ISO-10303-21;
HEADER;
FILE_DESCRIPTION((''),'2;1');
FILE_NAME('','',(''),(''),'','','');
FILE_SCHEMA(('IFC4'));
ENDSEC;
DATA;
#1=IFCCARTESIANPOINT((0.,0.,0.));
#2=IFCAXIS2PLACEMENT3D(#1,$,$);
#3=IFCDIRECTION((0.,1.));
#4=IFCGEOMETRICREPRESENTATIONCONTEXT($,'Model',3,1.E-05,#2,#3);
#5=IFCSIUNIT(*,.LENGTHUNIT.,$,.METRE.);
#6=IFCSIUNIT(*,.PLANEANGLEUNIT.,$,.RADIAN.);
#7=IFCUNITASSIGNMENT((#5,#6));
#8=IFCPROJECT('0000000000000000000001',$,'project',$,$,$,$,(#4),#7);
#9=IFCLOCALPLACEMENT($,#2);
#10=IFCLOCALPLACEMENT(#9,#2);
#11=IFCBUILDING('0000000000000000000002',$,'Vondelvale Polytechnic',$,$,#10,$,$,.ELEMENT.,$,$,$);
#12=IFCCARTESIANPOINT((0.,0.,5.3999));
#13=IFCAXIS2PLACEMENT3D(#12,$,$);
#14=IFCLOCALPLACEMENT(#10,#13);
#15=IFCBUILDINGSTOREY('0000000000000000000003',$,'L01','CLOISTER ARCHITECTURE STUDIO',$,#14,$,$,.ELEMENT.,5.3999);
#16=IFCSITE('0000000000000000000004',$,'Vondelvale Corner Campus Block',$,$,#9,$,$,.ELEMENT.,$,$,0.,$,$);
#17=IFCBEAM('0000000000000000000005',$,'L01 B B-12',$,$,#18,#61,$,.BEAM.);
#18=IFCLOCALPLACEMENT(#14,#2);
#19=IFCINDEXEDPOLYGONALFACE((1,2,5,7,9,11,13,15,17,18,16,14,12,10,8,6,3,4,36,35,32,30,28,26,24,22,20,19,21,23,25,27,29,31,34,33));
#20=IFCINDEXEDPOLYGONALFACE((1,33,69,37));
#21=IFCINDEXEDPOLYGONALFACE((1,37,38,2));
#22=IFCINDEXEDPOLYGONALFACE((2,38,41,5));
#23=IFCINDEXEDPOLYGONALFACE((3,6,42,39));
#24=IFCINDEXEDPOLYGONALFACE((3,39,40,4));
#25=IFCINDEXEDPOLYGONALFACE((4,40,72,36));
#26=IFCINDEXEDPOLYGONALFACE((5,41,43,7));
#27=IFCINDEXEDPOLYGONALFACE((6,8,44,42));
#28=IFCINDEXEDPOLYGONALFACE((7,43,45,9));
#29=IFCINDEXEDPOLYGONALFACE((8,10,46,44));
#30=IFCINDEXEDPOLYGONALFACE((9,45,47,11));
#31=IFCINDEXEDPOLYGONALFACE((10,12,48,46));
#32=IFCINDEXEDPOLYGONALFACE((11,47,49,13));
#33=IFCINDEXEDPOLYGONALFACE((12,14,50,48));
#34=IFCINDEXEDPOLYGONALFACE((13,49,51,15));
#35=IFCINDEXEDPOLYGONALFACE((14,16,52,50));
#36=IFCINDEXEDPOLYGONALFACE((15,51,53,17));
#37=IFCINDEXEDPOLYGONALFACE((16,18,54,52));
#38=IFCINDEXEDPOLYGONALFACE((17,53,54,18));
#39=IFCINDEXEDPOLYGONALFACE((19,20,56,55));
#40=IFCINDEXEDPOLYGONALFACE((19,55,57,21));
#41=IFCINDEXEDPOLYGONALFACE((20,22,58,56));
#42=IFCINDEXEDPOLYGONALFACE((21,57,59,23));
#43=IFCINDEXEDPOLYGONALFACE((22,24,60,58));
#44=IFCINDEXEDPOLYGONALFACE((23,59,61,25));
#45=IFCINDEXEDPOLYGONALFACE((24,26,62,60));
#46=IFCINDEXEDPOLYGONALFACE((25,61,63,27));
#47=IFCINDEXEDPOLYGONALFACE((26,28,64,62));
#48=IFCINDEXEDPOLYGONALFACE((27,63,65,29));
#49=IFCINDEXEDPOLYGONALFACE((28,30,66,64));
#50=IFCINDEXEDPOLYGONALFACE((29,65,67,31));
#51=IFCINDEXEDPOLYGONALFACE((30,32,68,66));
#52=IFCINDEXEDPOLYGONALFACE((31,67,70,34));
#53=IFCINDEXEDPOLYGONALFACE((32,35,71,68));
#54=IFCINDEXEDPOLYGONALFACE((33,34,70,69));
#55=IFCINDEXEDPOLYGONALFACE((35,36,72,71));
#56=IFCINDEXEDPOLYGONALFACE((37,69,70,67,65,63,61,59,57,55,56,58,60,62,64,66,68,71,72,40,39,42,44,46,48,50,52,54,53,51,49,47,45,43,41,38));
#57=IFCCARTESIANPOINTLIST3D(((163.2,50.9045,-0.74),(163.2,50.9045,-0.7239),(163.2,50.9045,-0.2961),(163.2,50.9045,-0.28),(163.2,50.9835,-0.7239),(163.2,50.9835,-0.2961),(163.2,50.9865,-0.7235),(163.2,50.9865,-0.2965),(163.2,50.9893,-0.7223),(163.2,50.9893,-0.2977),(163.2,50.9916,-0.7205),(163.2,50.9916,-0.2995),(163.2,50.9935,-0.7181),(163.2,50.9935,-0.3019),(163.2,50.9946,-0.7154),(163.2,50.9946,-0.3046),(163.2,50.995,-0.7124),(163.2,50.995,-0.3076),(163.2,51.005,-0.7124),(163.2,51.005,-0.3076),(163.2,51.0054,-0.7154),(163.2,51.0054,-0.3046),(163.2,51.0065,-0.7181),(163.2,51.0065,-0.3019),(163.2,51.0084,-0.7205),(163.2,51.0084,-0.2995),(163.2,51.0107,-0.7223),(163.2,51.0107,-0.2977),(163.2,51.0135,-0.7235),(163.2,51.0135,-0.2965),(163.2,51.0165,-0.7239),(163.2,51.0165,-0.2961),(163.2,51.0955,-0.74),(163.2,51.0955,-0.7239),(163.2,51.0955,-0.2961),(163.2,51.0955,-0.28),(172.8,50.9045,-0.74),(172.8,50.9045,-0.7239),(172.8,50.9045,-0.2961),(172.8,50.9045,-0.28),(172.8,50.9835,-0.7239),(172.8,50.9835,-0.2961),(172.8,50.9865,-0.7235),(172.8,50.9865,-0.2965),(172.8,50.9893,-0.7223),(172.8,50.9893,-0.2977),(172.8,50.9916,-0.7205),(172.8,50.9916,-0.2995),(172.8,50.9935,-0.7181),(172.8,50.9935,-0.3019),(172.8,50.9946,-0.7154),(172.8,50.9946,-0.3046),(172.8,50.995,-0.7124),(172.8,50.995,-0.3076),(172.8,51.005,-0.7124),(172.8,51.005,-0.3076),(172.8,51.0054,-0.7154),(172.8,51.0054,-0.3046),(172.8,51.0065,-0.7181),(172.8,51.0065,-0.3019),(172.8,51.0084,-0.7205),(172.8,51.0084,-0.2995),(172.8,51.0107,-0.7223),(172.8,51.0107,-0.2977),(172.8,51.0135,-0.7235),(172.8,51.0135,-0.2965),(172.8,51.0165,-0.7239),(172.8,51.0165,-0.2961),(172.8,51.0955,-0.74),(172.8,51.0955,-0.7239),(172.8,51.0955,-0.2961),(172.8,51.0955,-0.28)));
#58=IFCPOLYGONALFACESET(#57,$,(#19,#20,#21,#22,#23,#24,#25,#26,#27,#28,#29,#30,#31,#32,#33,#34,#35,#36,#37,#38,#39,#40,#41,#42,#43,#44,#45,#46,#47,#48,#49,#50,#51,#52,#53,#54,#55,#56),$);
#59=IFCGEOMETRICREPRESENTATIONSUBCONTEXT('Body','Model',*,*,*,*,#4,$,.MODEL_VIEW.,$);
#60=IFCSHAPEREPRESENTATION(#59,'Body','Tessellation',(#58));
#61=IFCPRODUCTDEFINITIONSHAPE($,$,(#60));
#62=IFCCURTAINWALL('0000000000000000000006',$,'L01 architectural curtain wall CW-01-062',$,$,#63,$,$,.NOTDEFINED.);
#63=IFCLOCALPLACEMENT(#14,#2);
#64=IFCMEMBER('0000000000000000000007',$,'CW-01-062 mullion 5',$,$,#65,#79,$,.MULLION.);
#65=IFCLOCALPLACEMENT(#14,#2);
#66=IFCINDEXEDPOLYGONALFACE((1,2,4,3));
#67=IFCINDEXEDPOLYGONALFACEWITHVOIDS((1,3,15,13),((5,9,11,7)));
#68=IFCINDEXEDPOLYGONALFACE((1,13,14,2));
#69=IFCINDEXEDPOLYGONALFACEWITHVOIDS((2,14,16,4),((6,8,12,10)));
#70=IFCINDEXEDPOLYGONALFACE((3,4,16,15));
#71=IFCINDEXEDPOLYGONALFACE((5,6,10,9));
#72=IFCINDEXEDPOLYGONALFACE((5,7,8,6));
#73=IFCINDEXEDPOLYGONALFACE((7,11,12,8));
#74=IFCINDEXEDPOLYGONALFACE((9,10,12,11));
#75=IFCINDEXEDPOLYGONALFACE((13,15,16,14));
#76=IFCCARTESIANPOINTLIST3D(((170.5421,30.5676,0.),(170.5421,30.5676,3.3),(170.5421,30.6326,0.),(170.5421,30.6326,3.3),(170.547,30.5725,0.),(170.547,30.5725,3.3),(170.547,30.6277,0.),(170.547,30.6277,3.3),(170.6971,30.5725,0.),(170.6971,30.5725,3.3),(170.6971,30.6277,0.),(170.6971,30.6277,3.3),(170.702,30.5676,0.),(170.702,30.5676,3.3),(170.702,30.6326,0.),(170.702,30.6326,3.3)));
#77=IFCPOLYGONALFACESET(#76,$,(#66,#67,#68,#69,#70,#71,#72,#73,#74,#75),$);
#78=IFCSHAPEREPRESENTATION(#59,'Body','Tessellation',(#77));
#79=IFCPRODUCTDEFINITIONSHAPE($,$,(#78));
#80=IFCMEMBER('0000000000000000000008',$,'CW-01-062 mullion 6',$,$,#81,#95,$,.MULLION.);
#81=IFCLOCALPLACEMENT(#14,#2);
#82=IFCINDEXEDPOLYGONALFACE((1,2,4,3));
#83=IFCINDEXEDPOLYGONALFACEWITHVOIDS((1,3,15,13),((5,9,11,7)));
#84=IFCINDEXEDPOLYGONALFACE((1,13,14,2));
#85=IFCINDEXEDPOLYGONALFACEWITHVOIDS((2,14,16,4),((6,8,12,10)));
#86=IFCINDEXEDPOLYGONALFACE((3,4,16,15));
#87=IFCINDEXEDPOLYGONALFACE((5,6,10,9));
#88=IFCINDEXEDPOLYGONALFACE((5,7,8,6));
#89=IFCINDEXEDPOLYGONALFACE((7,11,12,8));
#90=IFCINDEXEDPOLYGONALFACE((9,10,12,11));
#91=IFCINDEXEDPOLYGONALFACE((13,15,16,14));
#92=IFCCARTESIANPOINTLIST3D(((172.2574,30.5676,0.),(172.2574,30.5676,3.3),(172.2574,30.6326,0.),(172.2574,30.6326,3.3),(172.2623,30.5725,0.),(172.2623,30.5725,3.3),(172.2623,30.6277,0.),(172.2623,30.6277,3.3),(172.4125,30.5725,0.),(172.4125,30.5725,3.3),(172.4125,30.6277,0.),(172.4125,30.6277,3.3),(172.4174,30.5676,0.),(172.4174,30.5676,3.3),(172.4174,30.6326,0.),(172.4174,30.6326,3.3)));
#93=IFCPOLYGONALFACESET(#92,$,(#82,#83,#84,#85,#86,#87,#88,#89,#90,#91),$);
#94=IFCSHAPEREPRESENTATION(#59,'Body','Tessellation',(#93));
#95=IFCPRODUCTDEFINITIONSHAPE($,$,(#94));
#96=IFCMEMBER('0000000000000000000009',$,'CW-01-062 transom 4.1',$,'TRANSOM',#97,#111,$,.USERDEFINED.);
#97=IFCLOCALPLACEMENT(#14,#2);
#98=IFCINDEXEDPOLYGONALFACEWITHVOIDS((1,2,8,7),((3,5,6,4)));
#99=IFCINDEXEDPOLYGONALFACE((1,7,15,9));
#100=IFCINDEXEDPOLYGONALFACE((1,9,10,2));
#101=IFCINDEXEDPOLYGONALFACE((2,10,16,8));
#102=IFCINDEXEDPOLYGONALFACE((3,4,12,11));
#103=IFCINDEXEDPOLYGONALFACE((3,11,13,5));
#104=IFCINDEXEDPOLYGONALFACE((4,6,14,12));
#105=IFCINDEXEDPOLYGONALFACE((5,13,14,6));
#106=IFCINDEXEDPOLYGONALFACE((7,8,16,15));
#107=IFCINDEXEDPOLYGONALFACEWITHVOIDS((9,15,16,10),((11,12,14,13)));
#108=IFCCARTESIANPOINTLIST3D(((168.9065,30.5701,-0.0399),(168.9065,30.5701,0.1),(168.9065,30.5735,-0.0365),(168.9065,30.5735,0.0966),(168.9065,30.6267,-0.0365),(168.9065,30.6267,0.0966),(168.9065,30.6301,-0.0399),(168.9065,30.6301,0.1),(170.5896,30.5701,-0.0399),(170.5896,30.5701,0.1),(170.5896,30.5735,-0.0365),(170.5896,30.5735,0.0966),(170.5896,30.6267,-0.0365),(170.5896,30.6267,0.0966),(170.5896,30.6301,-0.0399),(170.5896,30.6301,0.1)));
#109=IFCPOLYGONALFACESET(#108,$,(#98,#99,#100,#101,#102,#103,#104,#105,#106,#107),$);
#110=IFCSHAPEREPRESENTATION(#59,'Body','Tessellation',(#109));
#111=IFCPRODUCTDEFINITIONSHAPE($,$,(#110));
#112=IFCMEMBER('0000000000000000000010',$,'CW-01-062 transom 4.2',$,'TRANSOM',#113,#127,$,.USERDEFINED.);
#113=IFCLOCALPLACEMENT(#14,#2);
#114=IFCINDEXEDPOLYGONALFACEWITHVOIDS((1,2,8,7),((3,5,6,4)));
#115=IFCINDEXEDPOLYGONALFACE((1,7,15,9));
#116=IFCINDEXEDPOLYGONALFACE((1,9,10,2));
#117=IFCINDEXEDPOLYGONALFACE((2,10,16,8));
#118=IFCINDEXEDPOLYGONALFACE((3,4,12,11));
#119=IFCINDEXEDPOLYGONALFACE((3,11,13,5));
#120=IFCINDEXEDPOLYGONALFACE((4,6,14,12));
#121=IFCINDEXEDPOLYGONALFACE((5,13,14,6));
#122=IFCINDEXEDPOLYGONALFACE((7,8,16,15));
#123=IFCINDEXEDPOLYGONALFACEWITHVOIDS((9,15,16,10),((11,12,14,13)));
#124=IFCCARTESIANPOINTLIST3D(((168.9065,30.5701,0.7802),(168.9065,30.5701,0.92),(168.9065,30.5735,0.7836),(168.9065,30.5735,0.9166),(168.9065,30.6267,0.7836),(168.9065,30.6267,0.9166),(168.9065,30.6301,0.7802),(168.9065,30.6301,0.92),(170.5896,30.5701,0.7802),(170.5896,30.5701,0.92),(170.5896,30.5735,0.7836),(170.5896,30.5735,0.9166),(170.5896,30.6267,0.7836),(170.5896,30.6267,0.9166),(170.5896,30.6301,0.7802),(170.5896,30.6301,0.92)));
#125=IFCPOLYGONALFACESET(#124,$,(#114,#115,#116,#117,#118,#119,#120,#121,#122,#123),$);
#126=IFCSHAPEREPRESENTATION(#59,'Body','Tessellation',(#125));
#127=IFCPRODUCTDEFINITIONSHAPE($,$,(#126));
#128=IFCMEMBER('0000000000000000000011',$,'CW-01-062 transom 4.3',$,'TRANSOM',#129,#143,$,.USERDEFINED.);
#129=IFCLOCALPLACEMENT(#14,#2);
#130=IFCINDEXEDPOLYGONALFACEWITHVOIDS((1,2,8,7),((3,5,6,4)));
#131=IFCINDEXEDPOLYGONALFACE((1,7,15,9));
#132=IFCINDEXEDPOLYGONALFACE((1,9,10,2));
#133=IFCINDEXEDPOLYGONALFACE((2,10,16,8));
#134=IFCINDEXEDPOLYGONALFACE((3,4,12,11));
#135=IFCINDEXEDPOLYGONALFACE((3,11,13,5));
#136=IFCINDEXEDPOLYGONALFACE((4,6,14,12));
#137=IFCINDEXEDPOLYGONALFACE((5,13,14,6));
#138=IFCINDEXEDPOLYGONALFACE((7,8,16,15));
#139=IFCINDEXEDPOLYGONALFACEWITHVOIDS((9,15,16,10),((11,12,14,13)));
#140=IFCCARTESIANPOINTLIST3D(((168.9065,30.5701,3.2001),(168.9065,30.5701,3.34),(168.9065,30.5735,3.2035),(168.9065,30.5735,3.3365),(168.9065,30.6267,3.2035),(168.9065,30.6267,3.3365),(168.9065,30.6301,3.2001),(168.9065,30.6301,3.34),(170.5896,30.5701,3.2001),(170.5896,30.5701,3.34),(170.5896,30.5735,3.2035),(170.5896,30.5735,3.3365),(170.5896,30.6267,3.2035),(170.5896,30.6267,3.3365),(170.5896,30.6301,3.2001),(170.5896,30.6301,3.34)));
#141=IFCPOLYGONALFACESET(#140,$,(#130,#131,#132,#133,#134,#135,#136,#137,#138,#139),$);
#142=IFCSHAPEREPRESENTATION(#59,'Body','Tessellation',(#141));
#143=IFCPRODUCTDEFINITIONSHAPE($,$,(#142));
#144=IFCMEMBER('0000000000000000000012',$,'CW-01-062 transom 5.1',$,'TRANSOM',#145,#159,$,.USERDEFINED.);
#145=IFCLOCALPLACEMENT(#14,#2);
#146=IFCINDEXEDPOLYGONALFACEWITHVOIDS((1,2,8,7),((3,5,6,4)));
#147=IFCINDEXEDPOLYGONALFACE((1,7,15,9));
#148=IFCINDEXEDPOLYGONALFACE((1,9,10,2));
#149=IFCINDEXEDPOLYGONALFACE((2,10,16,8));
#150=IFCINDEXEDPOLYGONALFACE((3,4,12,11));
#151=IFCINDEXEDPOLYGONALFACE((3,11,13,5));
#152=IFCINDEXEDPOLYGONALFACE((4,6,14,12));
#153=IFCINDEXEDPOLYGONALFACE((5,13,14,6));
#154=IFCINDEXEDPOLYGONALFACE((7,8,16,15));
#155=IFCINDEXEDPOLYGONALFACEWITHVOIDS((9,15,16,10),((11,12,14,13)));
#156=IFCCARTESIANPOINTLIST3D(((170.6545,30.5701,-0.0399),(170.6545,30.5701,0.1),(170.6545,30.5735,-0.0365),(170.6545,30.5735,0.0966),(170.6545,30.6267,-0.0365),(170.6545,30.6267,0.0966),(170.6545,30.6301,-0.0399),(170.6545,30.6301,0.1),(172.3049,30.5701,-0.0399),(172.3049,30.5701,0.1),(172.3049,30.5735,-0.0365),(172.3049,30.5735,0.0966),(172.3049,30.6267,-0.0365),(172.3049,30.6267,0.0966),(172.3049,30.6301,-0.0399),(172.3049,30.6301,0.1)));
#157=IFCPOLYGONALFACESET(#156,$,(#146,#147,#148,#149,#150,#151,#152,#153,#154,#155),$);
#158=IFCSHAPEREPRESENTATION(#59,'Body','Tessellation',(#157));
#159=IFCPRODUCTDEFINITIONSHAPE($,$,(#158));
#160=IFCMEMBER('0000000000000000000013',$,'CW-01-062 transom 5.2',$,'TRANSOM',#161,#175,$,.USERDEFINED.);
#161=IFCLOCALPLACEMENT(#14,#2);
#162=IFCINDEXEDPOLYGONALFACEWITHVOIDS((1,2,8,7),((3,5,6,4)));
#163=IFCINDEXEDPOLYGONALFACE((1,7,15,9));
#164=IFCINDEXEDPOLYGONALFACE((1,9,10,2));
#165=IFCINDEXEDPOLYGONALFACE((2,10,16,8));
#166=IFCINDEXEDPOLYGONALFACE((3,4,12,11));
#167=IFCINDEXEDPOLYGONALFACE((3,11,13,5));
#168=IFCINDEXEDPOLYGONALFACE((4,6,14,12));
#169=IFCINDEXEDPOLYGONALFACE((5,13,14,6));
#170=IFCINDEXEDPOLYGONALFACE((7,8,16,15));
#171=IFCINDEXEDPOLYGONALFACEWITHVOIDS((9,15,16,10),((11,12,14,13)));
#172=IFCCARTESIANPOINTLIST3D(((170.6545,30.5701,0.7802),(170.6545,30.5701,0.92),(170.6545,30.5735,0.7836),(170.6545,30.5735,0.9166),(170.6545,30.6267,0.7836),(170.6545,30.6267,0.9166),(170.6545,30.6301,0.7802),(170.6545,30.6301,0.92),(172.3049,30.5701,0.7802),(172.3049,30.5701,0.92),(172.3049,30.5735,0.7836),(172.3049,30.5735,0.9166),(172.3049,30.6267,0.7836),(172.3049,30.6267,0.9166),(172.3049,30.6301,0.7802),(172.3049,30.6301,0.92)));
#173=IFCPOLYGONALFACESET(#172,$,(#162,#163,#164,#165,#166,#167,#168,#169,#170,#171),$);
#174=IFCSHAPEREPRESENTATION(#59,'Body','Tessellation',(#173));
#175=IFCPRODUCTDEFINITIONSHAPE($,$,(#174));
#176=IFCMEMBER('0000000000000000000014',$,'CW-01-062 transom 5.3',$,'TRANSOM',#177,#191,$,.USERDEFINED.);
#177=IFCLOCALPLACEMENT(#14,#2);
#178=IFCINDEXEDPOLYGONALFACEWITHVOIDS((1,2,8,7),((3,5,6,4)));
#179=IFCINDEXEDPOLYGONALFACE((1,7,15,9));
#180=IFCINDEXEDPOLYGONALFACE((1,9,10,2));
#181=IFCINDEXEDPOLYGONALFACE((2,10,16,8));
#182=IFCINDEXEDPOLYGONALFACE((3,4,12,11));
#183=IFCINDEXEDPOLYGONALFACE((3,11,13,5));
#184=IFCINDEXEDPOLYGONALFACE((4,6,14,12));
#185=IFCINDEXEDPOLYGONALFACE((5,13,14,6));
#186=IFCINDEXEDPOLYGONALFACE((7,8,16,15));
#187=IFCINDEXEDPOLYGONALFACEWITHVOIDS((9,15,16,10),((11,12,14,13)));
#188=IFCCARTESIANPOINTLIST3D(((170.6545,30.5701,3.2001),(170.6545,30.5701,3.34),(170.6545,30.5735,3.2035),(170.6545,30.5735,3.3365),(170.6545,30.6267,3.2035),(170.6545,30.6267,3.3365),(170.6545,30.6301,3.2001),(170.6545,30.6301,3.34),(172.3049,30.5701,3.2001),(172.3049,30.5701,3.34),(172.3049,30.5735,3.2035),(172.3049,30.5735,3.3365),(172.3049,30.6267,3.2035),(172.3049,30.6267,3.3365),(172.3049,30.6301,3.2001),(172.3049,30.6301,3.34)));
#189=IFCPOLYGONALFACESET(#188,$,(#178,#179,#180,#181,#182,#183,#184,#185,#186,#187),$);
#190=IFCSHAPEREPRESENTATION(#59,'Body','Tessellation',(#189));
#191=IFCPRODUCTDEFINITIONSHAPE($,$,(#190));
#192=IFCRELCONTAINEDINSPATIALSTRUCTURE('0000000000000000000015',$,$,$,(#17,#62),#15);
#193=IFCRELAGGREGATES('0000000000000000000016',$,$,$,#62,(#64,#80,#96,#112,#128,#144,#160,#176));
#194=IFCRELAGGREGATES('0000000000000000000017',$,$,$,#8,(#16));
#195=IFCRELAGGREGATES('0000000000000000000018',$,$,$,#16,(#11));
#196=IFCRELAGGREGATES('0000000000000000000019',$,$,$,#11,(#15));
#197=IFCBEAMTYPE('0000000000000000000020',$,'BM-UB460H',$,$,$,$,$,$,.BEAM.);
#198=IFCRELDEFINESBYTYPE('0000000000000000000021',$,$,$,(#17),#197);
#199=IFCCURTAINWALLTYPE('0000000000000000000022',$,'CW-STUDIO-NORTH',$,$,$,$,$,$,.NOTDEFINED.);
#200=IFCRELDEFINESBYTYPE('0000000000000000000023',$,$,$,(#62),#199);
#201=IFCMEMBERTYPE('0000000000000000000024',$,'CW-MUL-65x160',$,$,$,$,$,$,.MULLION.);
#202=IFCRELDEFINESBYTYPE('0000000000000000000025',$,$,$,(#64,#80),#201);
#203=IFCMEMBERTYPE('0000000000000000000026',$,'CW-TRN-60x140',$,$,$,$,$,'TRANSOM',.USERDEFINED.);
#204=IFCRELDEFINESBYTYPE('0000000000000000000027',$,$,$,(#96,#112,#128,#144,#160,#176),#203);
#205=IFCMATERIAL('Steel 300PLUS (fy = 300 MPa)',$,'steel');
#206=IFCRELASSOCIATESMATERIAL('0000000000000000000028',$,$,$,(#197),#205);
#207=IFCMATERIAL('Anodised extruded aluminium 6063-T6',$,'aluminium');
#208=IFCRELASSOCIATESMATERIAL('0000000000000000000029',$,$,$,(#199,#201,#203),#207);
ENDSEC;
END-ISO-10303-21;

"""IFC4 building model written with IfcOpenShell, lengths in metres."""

from ifc_helpers import new_model, si_unit, direction, frame, origin, origin_2d, place, context, subcontext, project, spatial, hollow_rectangle, i_section, extrude, material, material_profile, profile_set, type_object, element, aggregate, save


model = new_model("IFC4")

# Units and contexts
model_context = context("Model", 3, precision=1e-05, world=origin(), true_north=direction((0.0, 1.0)))
body_context = subcontext(model_context, "Body", "Model", "MODEL_VIEW")
ifc_project = project(units=[si_unit("LENGTHUNIT", "METRE"), si_unit("PLANEANGLEUNIT", "RADIAN")], contexts=[model_context])

# Site, building, storey
site_placement = place(None, origin())
site = spatial("IfcSite", under=ifc_project, at=site_placement, Name="Vondelvale Corner Campus Block", CompositionType="ELEMENT", RefElevation=0.0)
building_placement = place(site_placement, origin())
building = spatial("IfcBuilding", under=site, at=building_placement, Name="Vondelvale Polytechnic", CompositionType="ELEMENT")
storey_placement = place(building_placement, frame((0.0, 0.0, 5.3999)))
storey = spatial("IfcBuildingStorey", under=building, at=storey_placement, Name="L01", Description="CLOISTER ARCHITECTURE STUDIO", CompositionType="ELEMENT", Elevation=5.3999)

# Shared definitions
ifc_material_1 = material(Name="Steel 300PLUS (fy = 300 MPa)", Category="steel")

# Beam
ifc_material_profile_1 = material_profile(ifc_material_1, i_section(OverallWidth=0.1909, OverallDepth=0.46, WebThickness=0.01, FlangeThickness=0.0161, FilletRadius=0.0115, at=origin_2d()), Name="460UB82.1")
ifc_profile_set_1 = profile_set([ifc_material_profile_1], Name="Steel 300PLUS (fy = 300 MPa)")
beam_type_1 = type_object("IfcBeamType", Name="BM-UB460H", PredefinedType="BEAM", material=ifc_profile_set_1)
beam_1_placement = place(storey_placement, frame((163.2, 51.0, -0.51), z_axis=(1.0, 0.0, 0.0), x_axis=(0.0, 1.0, 0.0)))
element("IfcBeam", 1, at=beam_1_placement, inside=storey, type_object=beam_type_1, Name="L01 B B-12", PredefinedType="BEAM", context=body_context, shape_type="SweptSolid", body=[
    extrude(i_section(OverallWidth=0.1909, OverallDepth=0.46, WebThickness=0.01, FlangeThickness=0.0161, FilletRadius=0.0115, at=origin_2d()), origin(), (0.0, 0.0, 1.0), 9.6001),
])

# Curtain wall, members
ifc_material_2 = material(Name="Anodised extruded aluminium 6063-T6", Category="aluminium")
curtain_wall_type = type_object("IfcCurtainWallType", Name="CW-STUDIO-NORTH", PredefinedType="NOTDEFINED", material=ifc_material_2)
curtain_wall_placement = place(storey_placement, origin())
curtain_wall = element("IfcCurtainWall", 2, at=curtain_wall_placement, inside=storey, type_object=curtain_wall_type, Name="L01 architectural curtain wall CW-01-062", PredefinedType="NOTDEFINED")
ifc_material_profile_2 = material_profile(ifc_material_2, hollow_rectangle(XDim=0.0649, YDim=0.1599, WallThickness=0.0049, at=origin_2d()), Name="CW-MUL-160x65")
ifc_profile_set_2 = profile_set([ifc_material_profile_2], Name="Anodised extruded aluminium 6063-T6")
member_type_1 = type_object("IfcMemberType", Name="CW-MUL-65x160", PredefinedType="MULLION", material=ifc_profile_set_2)
member_1_placement = place(storey_placement, frame((170.6221, 30.6001, 0.0), z_axis=(0.0, 0.0, 1.0), x_axis=(0.0, 1.0, 0.0)))
member_1 = element("IfcMember", 3, at=member_1_placement, type_object=member_type_1, Name="CW-01-062 mullion 5", PredefinedType="MULLION", context=body_context, shape_type="SweptSolid", body=[
    extrude(hollow_rectangle(XDim=0.0649, YDim=0.1599, WallThickness=0.0049, at=origin_2d()), origin(), (0.0, 0.0, 1.0), 3.3),
])
member_2_placement = place(storey_placement, frame((172.3374, 30.6001, 0.0), z_axis=(0.0, 0.0, 1.0), x_axis=(0.0, 1.0, 0.0)))
member_2 = element("IfcMember", 4, at=member_2_placement, type_object=member_type_1, Name="CW-01-062 mullion 6", PredefinedType="MULLION", context=body_context, shape_type="SweptSolid", body=[
    extrude(hollow_rectangle(XDim=0.0649, YDim=0.1599, WallThickness=0.0049, at=origin_2d()), origin(), (0.0, 0.0, 1.0), 3.3),
])
ifc_material_profile_3 = material_profile(ifc_material_2, hollow_rectangle(XDim=0.0601, YDim=0.1399, WallThickness=0.0034, at=origin_2d()), Name="CW-TRN-140x60")
ifc_profile_set_3 = profile_set([ifc_material_profile_3], Name="Anodised extruded aluminium 6063-T6")
member_type_2 = type_object("IfcMemberType", Name="CW-TRN-60x140", ElementType="TRANSOM", PredefinedType="USERDEFINED", material=ifc_profile_set_3)
member_3_placement = place(storey_placement, frame((168.9065, 30.6001, 0.03), z_axis=(1.0, 0.0, 0.0), x_axis=(0.0, 1.0, 0.0)))
member_3 = element("IfcMember", 5, at=member_3_placement, type_object=member_type_2, Name="CW-01-062 transom 4.1", ObjectType="TRANSOM", PredefinedType="USERDEFINED", context=body_context, shape_type="SweptSolid", body=[
    extrude(hollow_rectangle(XDim=0.0601, YDim=0.1399, WallThickness=0.0034, at=origin_2d()), origin(), (0.0, 0.0, 1.0), 1.6831),
])
member_4_placement = place(storey_placement, frame((168.9065, 30.6001, 0.8501), z_axis=(1.0, 0.0, 0.0), x_axis=(0.0, 1.0, 0.0)))
member_4 = element("IfcMember", 6, at=member_4_placement, type_object=member_type_2, Name="CW-01-062 transom 4.2", ObjectType="TRANSOM", PredefinedType="USERDEFINED", context=body_context, shape_type="SweptSolid", body=[
    extrude(hollow_rectangle(XDim=0.0601, YDim=0.1399, WallThickness=0.0034, at=origin_2d()), origin(), (0.0, 0.0, 1.0), 1.6831),
])
member_5_placement = place(storey_placement, frame((168.9065, 30.6001, 3.27), z_axis=(1.0, 0.0, 0.0), x_axis=(0.0, 1.0, 0.0)))
member_5 = element("IfcMember", 7, at=member_5_placement, type_object=member_type_2, Name="CW-01-062 transom 4.3", ObjectType="TRANSOM", PredefinedType="USERDEFINED", context=body_context, shape_type="SweptSolid", body=[
    extrude(hollow_rectangle(XDim=0.0601, YDim=0.1399, WallThickness=0.0034, at=origin_2d()), origin(), (0.0, 0.0, 1.0), 1.6831),
])
member_6_placement = place(storey_placement, frame((170.6545, 30.6001, 0.03), z_axis=(1.0, 0.0, 0.0), x_axis=(0.0, 1.0, 0.0)))
member_6 = element("IfcMember", 8, at=member_6_placement, type_object=member_type_2, Name="CW-01-062 transom 5.1", ObjectType="TRANSOM", PredefinedType="USERDEFINED", context=body_context, shape_type="SweptSolid", body=[
    extrude(hollow_rectangle(XDim=0.0601, YDim=0.1399, WallThickness=0.0034, at=origin_2d()), origin(), (0.0, 0.0, 1.0), 1.6504),
])
member_7_placement = place(storey_placement, frame((170.6545, 30.6001, 0.8501), z_axis=(1.0, 0.0, 0.0), x_axis=(0.0, 1.0, 0.0)))
member_7 = element("IfcMember", 9, at=member_7_placement, type_object=member_type_2, Name="CW-01-062 transom 5.2", ObjectType="TRANSOM", PredefinedType="USERDEFINED", context=body_context, shape_type="SweptSolid", body=[
    extrude(hollow_rectangle(XDim=0.0601, YDim=0.1399, WallThickness=0.0034, at=origin_2d()), origin(), (0.0, 0.0, 1.0), 1.6504),
])
member_8_placement = place(storey_placement, frame((170.6545, 30.6001, 3.27), z_axis=(1.0, 0.0, 0.0), x_axis=(0.0, 1.0, 0.0)))
member_8 = element("IfcMember", 10, at=member_8_placement, type_object=member_type_2, Name="CW-01-062 transom 5.3", ObjectType="TRANSOM", PredefinedType="USERDEFINED", context=body_context, shape_type="SweptSolid", body=[
    extrude(hollow_rectangle(XDim=0.0601, YDim=0.1399, WallThickness=0.0034, at=origin_2d()), origin(), (0.0, 0.0, 1.0), 1.6504),
])
aggregate(curtain_wall, [member_1, member_2, member_3, member_4, member_5, member_6, member_7, member_8])

save(model, "model.ifc")
